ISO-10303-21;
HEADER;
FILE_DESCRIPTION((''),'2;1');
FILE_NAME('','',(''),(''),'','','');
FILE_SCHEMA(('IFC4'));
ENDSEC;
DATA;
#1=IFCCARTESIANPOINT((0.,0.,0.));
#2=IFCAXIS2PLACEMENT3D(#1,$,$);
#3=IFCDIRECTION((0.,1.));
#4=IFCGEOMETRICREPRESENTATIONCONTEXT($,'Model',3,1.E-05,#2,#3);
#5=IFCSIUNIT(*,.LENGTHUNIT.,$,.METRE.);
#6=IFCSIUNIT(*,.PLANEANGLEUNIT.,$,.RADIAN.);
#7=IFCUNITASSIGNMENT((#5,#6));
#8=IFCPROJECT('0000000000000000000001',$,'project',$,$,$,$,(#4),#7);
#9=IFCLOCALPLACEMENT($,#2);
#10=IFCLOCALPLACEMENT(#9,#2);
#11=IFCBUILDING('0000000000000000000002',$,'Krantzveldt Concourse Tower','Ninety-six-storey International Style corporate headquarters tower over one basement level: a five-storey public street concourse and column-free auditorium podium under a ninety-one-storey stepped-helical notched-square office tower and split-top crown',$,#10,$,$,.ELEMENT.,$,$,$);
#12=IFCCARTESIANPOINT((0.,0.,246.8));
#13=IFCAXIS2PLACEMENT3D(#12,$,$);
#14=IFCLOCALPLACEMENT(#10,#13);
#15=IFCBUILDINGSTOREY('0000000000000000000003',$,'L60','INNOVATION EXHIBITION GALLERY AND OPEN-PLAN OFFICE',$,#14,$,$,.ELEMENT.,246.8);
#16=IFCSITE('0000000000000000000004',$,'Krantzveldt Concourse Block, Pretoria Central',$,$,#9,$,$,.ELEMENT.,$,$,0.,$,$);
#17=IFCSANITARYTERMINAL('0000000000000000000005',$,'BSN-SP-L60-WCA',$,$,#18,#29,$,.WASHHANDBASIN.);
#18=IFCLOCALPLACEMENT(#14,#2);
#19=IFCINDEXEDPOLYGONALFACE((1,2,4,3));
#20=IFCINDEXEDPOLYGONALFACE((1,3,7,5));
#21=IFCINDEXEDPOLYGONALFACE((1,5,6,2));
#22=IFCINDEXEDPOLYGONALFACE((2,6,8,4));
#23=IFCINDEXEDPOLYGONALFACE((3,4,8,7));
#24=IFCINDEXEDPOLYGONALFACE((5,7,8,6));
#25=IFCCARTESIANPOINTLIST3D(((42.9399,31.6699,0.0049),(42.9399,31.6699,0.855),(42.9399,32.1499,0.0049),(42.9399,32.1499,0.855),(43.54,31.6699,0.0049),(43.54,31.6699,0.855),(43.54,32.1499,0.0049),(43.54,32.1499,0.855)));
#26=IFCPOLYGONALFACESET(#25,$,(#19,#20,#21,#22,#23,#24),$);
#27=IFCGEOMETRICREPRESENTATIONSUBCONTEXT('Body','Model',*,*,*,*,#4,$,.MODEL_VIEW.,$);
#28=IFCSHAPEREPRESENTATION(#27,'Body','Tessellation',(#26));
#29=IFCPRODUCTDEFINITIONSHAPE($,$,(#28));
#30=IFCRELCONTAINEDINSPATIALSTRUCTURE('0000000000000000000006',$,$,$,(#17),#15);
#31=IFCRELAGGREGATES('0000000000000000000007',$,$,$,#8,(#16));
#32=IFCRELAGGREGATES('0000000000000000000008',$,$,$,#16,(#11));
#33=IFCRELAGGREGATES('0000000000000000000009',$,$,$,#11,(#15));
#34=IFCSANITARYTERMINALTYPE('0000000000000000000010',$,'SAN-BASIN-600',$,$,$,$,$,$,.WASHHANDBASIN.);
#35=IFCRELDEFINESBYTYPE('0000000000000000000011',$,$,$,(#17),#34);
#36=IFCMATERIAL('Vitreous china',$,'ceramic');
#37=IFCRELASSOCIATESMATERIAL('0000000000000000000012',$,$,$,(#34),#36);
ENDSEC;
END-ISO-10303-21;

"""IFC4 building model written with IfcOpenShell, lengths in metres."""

from ifc_helpers import new_model, si_unit, direction, frame, origin, origin_2d, place, context, subcontext, project, spatial, rectangle, extrude, source, transform, mapped, material, type_object, type_shapes, element, save


model = new_model("IFC4")

# Units and contexts
model_context = context("Model", 3, precision=1e-05, world=origin(), true_north=direction((0.0, 1.0)))
body_context = subcontext(model_context, "Body", "Model", "MODEL_VIEW")
ifc_project = project(units=[si_unit("LENGTHUNIT", "METRE"), si_unit("PLANEANGLEUNIT", "RADIAN")], contexts=[model_context])

# Site, building, storey
site_placement = place(None, origin())
site = spatial("IfcSite", under=ifc_project, at=site_placement, Name="Krantzveldt Concourse Block, Pretoria Central", CompositionType="ELEMENT", RefElevation=0.0)
building_placement = place(site_placement, origin())
building = spatial("IfcBuilding", under=site, at=building_placement, Name="Krantzveldt Concourse Tower", Description="Ninety-six-storey International Style corporate headquarters tower over one basement level: a five-storey public street concourse and column-free auditorium podium under a ninety-one-storey stepped-helical notched-square office tower and split-top crown", CompositionType="ELEMENT")
storey_placement = place(building_placement, frame((0.0, 0.0, 246.8)))
storey = spatial("IfcBuildingStorey", under=building, at=storey_placement, Name="L60", Description="INNOVATION EXHIBITION GALLERY AND OPEN-PLAN OFFICE", CompositionType="ELEMENT", Elevation=246.8)

# Sanitary terminal
ifc_material_1 = material(Name="Vitreous china", Category="ceramic")
sanitary_terminal_type = type_object("IfcSanitaryTerminalType", Name="SAN-BASIN-600", PredefinedType="WASHHANDBASIN", material=ifc_material_1)
shared_shape_1 = source(origin(), body_context, "Body", "SweptSolid", [
    extrude(rectangle(XDim=0.6001, YDim=0.48, at=origin_2d()), origin(), (0.0, 0.0, 1.0), 0.8501),
])
type_shapes(sanitary_terminal_type, [shared_shape_1])
sanitary_terminal_placement = place(storey_placement, frame((43.24, 31.9099, 0.0049), z_axis=(0.0, 0.0, 1.0), x_axis=(1.0, 0.0, 0.0)))
element("IfcSanitaryTerminal", 1, at=sanitary_terminal_placement, inside=storey, type_object=sanitary_terminal_type, Name="BSN-SP-L60-WCA", PredefinedType="WASHHANDBASIN", context=body_context, shape_type="MappedRepresentation", body=[
    mapped(shared_shape_1, transform((0.0, 0.0, 0.0), x_axis=(1.0, 0.0, 0.0), y_axis=(0.0, 1.0, 0.0), z_axis=(0.0, 0.0, 1.0), scale=1.0)),
])

save(model, "model.ifc")
